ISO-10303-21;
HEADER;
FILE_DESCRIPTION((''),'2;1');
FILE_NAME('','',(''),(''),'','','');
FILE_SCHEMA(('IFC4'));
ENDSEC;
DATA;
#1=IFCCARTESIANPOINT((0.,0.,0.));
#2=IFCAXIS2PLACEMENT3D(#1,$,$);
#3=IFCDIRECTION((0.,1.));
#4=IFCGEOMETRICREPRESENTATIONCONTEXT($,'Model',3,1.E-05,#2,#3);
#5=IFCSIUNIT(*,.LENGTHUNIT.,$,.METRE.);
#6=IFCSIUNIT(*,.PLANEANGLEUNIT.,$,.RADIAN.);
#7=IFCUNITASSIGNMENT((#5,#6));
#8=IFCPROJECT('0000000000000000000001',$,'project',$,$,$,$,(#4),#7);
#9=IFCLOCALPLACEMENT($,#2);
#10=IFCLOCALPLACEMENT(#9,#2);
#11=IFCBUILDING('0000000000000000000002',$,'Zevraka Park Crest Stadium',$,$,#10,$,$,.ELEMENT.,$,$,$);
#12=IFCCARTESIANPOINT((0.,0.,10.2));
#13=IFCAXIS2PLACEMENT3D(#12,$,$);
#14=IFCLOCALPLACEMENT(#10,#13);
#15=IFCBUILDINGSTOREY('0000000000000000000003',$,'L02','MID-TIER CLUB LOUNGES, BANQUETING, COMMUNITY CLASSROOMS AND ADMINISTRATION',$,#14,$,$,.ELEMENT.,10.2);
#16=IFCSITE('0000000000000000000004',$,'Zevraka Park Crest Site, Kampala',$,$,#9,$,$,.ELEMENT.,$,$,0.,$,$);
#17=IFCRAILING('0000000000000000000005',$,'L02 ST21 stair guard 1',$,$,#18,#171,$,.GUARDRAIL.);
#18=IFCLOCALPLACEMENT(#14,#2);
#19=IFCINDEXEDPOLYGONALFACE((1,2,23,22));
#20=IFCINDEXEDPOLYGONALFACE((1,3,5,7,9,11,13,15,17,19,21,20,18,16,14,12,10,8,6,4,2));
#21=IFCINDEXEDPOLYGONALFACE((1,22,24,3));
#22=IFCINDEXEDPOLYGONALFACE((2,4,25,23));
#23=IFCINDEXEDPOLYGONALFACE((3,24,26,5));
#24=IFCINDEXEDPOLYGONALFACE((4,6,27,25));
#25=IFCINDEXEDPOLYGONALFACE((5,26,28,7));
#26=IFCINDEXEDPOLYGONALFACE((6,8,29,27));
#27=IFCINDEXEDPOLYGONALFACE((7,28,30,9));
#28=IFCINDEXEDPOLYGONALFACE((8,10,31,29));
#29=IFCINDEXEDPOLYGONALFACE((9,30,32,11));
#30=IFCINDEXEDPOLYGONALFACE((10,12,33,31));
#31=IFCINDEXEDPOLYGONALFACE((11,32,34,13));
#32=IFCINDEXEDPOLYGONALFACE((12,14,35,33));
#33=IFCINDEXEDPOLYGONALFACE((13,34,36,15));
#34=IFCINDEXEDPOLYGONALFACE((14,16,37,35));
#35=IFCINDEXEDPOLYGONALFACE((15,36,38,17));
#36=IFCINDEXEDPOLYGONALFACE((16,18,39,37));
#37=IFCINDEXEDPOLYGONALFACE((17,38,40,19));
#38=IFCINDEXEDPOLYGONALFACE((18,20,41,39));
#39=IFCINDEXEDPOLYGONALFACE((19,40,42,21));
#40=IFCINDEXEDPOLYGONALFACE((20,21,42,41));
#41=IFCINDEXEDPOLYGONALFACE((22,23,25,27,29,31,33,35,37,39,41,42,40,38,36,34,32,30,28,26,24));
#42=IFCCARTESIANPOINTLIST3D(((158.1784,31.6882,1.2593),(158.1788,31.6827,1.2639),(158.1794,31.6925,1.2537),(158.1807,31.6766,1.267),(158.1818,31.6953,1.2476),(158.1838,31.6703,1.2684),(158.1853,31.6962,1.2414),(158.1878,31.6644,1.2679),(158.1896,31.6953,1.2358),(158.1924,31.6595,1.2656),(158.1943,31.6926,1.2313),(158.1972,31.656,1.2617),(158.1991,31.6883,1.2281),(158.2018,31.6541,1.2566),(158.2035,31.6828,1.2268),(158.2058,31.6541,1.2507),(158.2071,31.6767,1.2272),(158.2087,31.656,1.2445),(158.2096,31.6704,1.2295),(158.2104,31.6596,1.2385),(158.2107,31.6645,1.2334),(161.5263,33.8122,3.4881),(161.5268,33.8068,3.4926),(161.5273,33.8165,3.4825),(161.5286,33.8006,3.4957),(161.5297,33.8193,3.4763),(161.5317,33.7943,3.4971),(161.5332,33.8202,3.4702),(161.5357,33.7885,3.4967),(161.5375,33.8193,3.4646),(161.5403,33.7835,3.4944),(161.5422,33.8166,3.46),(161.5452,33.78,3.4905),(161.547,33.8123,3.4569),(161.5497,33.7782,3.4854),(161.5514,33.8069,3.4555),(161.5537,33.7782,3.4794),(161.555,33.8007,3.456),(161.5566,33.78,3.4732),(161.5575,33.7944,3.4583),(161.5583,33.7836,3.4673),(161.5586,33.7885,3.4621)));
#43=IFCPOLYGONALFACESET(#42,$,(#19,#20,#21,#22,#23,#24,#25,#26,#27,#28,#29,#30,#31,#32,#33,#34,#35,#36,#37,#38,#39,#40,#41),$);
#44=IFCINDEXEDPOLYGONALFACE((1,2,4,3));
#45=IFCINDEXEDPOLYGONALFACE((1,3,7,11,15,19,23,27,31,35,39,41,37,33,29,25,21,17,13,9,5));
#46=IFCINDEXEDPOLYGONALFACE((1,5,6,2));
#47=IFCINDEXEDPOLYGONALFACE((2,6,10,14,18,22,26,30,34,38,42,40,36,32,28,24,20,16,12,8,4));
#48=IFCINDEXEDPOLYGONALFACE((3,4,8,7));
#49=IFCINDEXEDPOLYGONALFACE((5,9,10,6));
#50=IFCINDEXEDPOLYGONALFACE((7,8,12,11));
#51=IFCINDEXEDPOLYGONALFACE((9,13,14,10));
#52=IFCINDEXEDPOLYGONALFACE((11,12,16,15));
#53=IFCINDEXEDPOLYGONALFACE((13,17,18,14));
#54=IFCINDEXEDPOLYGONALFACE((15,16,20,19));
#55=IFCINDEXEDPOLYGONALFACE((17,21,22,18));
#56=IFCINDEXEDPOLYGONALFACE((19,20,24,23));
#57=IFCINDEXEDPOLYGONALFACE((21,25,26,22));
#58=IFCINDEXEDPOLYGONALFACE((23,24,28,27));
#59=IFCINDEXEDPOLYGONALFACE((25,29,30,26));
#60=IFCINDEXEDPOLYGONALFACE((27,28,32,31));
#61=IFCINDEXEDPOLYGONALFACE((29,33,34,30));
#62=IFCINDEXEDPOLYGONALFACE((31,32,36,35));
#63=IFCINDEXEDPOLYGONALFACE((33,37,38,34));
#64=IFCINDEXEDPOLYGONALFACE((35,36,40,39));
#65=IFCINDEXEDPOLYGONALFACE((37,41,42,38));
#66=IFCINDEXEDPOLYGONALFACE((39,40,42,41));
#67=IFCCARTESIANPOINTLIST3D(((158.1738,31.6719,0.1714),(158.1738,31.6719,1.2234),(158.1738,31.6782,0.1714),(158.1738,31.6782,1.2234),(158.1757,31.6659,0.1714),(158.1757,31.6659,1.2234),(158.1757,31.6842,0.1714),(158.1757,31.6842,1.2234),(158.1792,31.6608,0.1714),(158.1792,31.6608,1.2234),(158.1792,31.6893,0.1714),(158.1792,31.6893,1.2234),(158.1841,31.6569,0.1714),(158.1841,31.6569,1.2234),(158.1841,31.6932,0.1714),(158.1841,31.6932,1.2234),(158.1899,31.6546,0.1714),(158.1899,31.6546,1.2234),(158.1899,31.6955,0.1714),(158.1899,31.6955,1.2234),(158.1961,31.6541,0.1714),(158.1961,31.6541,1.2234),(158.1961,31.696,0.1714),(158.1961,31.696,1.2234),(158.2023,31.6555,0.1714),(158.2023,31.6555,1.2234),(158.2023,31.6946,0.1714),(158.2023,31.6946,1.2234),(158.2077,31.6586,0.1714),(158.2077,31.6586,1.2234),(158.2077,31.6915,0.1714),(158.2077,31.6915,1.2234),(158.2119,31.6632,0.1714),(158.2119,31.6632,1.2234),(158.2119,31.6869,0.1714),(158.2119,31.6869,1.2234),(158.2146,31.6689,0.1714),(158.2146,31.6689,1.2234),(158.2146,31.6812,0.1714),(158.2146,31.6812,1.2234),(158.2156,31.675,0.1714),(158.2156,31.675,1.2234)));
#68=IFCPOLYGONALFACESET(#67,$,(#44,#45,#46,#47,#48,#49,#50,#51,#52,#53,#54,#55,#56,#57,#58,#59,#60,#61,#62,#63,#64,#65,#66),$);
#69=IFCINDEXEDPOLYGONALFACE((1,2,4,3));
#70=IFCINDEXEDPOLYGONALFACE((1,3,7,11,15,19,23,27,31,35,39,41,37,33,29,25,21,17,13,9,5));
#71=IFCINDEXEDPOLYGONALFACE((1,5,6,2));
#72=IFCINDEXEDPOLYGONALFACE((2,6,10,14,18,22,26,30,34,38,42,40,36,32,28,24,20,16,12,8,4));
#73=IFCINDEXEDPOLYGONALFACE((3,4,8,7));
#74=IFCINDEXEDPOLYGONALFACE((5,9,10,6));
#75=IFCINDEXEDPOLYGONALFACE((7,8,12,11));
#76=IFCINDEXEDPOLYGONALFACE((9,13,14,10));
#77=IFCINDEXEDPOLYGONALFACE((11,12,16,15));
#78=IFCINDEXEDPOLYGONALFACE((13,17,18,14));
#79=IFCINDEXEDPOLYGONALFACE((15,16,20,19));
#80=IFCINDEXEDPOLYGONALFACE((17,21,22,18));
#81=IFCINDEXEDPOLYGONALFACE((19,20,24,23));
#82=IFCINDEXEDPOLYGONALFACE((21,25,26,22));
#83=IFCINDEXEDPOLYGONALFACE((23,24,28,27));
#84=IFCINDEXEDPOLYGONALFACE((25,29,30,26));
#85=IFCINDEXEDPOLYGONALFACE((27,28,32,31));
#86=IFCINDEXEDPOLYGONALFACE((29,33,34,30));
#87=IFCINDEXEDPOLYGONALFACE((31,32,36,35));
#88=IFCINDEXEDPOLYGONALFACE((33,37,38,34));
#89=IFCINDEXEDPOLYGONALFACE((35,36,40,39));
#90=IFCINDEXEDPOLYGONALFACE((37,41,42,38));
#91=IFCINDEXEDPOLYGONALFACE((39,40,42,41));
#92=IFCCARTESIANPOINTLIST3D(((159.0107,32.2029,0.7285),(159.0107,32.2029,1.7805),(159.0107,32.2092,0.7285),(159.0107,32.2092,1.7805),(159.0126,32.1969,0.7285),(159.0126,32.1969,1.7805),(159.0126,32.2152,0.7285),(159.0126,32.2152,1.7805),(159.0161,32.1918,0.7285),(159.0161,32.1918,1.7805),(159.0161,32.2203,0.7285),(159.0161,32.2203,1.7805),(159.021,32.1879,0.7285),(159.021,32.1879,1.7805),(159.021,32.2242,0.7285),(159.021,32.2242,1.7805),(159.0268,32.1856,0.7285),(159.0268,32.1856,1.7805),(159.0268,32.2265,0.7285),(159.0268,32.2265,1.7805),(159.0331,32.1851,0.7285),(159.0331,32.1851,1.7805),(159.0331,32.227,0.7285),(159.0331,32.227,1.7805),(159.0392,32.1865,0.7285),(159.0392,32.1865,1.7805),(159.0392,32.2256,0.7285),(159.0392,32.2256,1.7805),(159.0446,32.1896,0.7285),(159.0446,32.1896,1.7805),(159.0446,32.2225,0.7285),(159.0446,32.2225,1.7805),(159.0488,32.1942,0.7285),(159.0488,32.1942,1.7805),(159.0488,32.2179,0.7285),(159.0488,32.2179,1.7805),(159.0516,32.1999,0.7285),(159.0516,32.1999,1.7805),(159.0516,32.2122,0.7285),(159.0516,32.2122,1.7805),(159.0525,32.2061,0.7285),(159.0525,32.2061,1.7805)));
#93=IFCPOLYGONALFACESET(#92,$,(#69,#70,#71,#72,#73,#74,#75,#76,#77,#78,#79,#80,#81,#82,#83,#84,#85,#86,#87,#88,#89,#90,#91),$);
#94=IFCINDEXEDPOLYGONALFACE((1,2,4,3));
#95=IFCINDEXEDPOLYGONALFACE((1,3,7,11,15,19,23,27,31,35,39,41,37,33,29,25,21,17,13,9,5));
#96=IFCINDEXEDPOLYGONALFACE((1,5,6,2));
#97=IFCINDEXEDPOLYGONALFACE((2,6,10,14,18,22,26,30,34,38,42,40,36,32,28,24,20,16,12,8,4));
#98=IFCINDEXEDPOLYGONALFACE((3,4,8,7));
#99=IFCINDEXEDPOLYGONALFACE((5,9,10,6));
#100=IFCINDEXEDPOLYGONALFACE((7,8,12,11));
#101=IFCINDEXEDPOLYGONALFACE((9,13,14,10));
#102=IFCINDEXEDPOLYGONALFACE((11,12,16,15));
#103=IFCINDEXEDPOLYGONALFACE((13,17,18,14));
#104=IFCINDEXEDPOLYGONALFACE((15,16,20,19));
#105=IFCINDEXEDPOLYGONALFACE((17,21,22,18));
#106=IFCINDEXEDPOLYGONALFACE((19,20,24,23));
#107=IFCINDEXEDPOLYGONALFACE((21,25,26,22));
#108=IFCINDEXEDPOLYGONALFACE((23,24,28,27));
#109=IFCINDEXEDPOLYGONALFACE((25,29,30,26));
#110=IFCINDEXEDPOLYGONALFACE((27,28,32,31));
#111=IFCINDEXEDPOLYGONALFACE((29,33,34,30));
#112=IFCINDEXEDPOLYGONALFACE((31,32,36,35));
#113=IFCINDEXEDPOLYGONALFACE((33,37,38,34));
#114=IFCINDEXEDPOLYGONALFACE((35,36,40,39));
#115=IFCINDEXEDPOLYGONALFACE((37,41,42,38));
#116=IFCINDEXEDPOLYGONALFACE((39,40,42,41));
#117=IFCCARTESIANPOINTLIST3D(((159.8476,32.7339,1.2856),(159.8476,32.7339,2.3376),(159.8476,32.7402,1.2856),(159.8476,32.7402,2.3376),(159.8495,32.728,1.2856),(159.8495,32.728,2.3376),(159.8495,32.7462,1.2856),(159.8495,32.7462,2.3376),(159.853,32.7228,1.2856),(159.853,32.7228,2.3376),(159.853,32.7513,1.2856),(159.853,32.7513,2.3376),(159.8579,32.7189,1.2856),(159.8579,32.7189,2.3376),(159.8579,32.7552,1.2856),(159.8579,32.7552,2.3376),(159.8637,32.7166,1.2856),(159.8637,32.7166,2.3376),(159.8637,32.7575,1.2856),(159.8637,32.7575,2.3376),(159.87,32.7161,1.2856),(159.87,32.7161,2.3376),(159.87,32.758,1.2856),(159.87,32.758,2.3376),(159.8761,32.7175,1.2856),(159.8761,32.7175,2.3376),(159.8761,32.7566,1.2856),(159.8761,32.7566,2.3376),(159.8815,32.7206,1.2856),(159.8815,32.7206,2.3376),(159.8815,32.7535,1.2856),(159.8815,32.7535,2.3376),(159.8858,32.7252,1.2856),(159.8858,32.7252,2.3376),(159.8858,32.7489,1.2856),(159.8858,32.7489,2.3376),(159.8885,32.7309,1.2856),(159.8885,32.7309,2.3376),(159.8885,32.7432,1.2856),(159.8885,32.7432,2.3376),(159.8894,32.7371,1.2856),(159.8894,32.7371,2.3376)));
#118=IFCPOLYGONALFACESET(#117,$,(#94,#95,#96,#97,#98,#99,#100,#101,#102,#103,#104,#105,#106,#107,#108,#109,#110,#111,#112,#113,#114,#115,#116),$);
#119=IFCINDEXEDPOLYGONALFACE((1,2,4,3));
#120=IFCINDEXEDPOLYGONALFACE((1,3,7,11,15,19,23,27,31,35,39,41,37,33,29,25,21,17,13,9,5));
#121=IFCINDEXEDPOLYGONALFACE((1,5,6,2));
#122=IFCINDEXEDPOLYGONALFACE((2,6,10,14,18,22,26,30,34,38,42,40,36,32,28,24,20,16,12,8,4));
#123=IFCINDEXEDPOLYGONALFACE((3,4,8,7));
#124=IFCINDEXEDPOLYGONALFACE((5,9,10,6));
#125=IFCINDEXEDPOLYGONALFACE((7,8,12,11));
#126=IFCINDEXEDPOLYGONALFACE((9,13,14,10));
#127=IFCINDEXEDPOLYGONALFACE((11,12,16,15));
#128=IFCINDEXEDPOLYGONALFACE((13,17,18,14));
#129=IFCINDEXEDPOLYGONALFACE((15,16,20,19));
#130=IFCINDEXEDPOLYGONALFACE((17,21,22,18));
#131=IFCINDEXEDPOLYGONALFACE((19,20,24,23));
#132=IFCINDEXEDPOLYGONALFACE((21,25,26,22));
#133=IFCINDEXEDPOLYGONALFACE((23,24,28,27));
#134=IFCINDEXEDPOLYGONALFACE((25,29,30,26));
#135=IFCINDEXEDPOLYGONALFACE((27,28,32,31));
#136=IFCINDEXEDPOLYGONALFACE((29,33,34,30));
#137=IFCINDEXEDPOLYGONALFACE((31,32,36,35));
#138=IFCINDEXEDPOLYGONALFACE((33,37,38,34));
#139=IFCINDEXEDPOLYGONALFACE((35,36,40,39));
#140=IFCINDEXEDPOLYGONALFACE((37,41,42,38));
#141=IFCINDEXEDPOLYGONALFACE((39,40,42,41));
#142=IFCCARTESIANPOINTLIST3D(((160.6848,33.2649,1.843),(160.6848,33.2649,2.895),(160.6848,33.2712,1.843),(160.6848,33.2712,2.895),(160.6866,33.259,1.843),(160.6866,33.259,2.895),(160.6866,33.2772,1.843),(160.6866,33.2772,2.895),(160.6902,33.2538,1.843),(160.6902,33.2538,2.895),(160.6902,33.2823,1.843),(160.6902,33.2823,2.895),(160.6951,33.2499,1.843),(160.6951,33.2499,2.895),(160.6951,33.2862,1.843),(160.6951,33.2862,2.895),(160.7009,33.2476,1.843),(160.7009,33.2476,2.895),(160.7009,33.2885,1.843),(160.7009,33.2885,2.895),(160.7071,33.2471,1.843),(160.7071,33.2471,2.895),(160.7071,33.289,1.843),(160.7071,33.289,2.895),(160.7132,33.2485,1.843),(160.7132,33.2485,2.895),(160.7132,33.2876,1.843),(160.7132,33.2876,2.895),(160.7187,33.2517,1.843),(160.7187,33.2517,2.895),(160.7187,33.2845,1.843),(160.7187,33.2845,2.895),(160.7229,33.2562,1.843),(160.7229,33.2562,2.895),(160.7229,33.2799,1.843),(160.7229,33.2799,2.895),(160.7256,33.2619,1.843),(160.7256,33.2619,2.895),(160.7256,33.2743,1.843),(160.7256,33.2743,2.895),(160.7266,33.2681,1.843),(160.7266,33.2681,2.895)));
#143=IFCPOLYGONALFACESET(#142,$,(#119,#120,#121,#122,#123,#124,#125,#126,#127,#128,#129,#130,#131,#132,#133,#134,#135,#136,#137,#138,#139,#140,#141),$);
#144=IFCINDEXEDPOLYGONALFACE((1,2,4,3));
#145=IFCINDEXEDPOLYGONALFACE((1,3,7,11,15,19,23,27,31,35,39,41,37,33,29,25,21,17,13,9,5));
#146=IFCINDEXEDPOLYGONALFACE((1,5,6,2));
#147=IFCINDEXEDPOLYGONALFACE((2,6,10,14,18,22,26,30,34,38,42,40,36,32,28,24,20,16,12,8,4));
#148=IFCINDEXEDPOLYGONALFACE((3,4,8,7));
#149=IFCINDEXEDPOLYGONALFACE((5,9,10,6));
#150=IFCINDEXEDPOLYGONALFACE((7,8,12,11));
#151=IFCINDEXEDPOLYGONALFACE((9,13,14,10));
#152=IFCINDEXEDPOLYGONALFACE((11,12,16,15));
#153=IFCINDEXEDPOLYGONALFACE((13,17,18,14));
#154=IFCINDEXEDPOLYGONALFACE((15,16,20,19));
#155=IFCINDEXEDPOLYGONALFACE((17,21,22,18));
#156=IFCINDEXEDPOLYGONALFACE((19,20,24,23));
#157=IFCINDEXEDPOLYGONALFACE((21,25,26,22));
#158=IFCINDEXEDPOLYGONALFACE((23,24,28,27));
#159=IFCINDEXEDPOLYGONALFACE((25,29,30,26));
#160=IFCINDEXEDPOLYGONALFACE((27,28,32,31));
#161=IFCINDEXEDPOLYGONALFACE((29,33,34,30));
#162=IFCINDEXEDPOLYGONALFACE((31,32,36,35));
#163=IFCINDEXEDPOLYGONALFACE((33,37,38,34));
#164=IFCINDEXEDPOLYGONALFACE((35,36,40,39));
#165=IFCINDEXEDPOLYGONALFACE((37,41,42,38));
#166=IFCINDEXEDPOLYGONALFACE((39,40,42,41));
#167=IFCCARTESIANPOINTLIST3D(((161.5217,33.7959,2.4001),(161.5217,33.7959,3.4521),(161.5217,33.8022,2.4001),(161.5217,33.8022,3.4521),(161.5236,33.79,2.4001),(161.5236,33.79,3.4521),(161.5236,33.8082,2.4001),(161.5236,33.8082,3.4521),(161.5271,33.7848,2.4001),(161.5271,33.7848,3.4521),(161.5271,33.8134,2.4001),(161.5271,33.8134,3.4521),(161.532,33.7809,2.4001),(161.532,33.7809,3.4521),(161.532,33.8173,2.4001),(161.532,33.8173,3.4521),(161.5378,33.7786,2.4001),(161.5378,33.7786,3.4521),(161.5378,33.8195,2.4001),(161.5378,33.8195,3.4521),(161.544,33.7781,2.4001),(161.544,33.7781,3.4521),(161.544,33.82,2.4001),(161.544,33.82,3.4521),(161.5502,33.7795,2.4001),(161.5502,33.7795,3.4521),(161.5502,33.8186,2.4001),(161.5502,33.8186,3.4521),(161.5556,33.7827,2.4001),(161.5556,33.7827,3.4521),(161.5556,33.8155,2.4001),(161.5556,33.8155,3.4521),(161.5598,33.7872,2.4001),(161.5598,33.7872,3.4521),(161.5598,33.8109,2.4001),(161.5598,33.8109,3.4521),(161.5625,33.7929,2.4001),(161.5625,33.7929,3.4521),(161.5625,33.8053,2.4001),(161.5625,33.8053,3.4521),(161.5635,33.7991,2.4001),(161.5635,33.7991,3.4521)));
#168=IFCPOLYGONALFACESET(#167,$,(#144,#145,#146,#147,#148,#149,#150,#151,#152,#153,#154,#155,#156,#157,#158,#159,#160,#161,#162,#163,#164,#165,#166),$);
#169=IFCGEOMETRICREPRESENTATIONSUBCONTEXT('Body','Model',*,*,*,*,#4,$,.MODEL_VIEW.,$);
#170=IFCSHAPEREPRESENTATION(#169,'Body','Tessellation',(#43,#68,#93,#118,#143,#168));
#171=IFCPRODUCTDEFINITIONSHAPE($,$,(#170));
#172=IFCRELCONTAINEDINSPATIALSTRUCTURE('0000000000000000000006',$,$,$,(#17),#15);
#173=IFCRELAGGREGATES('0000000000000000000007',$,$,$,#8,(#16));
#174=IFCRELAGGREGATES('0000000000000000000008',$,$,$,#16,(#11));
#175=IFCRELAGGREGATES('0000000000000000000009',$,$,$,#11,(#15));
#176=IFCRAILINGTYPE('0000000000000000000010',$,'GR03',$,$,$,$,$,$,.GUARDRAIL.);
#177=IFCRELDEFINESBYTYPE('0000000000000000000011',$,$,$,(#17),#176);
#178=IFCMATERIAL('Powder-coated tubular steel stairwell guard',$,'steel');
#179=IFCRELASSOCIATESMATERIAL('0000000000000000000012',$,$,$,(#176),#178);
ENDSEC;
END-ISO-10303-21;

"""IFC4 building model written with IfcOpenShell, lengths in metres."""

from ifc_helpers import new_model, si_unit, direction, frame, origin, origin_2d, place, context, subcontext, project, spatial, circle, extrude, material, type_object, element, save


model = new_model("IFC4")

# Units and contexts
model_context = context("Model", 3, precision=1e-05, world=origin(), true_north=direction((0.0, 1.0)))
body_context = subcontext(model_context, "Body", "Model", "MODEL_VIEW")
ifc_project = project(units=[si_unit("LENGTHUNIT", "METRE"), si_unit("PLANEANGLEUNIT", "RADIAN")], contexts=[model_context])

# Site, building, storey
site_placement = place(None, origin())
site = spatial("IfcSite", under=ifc_project, at=site_placement, Name="Zevraka Park Crest Site, Kampala", CompositionType="ELEMENT", RefElevation=0.0)
building_placement = place(site_placement, origin())
building = spatial("IfcBuilding", under=site, at=building_placement, Name="Zevraka Park Crest Stadium", CompositionType="ELEMENT")
storey_placement = place(building_placement, frame((0.0, 0.0, 10.2)))
storey = spatial("IfcBuildingStorey", under=building, at=storey_placement, Name="L02", Description="MID-TIER CLUB LOUNGES, BANQUETING, COMMUNITY CLASSROOMS AND ADMINISTRATION", CompositionType="ELEMENT", Elevation=10.2)

# Railing
ifc_material_1 = material(Name="Powder-coated tubular steel stairwell guard", Category="steel")
railing_type_1 = type_object("IfcRailingType", Name="GR03", PredefinedType="GUARDRAIL", material=ifc_material_1)
railing_1_placement = place(storey_placement, frame((158.1946, 31.675, 0.1714)))
element("IfcRailing", 1, at=railing_1_placement, inside=storey, type_object=railing_type_1, Name="L02 ST21 stair guard 1", PredefinedType="GUARDRAIL", context=body_context, shape_type="SweptSolid", body=[
    extrude(circle(Radius=0.0239, at=origin_2d()), frame((0.0, 0.0, 1.0762), z_axis=(0.736073, 0.46699, 0.490017), x_axis=(-0.535716, 0.844399, 0.0)), (0.0, 0.0, 1.0), 4.5483),
    extrude(circle(Radius=0.021, at=origin_2d()), origin(), (0.0, 0.0, 1.0), 1.052),
    extrude(circle(Radius=0.021, at=origin_2d()), frame((0.8369, 0.531, 0.5571)), (0.0, 0.0, 1.0), 1.052),
    extrude(circle(Radius=0.021, at=origin_2d()), frame((1.6738, 1.062, 1.1143)), (0.0, 0.0, 1.0), 1.052),
    extrude(circle(Radius=0.021, at=origin_2d()), frame((2.511, 1.593, 1.6716)), (0.0, 0.0, 1.0), 1.052),
    extrude(circle(Radius=0.021, at=origin_2d()), frame((3.3479, 2.124, 2.2288)), (0.0, 0.0, 1.0), 1.052),
])

save(model, "model.ifc")
